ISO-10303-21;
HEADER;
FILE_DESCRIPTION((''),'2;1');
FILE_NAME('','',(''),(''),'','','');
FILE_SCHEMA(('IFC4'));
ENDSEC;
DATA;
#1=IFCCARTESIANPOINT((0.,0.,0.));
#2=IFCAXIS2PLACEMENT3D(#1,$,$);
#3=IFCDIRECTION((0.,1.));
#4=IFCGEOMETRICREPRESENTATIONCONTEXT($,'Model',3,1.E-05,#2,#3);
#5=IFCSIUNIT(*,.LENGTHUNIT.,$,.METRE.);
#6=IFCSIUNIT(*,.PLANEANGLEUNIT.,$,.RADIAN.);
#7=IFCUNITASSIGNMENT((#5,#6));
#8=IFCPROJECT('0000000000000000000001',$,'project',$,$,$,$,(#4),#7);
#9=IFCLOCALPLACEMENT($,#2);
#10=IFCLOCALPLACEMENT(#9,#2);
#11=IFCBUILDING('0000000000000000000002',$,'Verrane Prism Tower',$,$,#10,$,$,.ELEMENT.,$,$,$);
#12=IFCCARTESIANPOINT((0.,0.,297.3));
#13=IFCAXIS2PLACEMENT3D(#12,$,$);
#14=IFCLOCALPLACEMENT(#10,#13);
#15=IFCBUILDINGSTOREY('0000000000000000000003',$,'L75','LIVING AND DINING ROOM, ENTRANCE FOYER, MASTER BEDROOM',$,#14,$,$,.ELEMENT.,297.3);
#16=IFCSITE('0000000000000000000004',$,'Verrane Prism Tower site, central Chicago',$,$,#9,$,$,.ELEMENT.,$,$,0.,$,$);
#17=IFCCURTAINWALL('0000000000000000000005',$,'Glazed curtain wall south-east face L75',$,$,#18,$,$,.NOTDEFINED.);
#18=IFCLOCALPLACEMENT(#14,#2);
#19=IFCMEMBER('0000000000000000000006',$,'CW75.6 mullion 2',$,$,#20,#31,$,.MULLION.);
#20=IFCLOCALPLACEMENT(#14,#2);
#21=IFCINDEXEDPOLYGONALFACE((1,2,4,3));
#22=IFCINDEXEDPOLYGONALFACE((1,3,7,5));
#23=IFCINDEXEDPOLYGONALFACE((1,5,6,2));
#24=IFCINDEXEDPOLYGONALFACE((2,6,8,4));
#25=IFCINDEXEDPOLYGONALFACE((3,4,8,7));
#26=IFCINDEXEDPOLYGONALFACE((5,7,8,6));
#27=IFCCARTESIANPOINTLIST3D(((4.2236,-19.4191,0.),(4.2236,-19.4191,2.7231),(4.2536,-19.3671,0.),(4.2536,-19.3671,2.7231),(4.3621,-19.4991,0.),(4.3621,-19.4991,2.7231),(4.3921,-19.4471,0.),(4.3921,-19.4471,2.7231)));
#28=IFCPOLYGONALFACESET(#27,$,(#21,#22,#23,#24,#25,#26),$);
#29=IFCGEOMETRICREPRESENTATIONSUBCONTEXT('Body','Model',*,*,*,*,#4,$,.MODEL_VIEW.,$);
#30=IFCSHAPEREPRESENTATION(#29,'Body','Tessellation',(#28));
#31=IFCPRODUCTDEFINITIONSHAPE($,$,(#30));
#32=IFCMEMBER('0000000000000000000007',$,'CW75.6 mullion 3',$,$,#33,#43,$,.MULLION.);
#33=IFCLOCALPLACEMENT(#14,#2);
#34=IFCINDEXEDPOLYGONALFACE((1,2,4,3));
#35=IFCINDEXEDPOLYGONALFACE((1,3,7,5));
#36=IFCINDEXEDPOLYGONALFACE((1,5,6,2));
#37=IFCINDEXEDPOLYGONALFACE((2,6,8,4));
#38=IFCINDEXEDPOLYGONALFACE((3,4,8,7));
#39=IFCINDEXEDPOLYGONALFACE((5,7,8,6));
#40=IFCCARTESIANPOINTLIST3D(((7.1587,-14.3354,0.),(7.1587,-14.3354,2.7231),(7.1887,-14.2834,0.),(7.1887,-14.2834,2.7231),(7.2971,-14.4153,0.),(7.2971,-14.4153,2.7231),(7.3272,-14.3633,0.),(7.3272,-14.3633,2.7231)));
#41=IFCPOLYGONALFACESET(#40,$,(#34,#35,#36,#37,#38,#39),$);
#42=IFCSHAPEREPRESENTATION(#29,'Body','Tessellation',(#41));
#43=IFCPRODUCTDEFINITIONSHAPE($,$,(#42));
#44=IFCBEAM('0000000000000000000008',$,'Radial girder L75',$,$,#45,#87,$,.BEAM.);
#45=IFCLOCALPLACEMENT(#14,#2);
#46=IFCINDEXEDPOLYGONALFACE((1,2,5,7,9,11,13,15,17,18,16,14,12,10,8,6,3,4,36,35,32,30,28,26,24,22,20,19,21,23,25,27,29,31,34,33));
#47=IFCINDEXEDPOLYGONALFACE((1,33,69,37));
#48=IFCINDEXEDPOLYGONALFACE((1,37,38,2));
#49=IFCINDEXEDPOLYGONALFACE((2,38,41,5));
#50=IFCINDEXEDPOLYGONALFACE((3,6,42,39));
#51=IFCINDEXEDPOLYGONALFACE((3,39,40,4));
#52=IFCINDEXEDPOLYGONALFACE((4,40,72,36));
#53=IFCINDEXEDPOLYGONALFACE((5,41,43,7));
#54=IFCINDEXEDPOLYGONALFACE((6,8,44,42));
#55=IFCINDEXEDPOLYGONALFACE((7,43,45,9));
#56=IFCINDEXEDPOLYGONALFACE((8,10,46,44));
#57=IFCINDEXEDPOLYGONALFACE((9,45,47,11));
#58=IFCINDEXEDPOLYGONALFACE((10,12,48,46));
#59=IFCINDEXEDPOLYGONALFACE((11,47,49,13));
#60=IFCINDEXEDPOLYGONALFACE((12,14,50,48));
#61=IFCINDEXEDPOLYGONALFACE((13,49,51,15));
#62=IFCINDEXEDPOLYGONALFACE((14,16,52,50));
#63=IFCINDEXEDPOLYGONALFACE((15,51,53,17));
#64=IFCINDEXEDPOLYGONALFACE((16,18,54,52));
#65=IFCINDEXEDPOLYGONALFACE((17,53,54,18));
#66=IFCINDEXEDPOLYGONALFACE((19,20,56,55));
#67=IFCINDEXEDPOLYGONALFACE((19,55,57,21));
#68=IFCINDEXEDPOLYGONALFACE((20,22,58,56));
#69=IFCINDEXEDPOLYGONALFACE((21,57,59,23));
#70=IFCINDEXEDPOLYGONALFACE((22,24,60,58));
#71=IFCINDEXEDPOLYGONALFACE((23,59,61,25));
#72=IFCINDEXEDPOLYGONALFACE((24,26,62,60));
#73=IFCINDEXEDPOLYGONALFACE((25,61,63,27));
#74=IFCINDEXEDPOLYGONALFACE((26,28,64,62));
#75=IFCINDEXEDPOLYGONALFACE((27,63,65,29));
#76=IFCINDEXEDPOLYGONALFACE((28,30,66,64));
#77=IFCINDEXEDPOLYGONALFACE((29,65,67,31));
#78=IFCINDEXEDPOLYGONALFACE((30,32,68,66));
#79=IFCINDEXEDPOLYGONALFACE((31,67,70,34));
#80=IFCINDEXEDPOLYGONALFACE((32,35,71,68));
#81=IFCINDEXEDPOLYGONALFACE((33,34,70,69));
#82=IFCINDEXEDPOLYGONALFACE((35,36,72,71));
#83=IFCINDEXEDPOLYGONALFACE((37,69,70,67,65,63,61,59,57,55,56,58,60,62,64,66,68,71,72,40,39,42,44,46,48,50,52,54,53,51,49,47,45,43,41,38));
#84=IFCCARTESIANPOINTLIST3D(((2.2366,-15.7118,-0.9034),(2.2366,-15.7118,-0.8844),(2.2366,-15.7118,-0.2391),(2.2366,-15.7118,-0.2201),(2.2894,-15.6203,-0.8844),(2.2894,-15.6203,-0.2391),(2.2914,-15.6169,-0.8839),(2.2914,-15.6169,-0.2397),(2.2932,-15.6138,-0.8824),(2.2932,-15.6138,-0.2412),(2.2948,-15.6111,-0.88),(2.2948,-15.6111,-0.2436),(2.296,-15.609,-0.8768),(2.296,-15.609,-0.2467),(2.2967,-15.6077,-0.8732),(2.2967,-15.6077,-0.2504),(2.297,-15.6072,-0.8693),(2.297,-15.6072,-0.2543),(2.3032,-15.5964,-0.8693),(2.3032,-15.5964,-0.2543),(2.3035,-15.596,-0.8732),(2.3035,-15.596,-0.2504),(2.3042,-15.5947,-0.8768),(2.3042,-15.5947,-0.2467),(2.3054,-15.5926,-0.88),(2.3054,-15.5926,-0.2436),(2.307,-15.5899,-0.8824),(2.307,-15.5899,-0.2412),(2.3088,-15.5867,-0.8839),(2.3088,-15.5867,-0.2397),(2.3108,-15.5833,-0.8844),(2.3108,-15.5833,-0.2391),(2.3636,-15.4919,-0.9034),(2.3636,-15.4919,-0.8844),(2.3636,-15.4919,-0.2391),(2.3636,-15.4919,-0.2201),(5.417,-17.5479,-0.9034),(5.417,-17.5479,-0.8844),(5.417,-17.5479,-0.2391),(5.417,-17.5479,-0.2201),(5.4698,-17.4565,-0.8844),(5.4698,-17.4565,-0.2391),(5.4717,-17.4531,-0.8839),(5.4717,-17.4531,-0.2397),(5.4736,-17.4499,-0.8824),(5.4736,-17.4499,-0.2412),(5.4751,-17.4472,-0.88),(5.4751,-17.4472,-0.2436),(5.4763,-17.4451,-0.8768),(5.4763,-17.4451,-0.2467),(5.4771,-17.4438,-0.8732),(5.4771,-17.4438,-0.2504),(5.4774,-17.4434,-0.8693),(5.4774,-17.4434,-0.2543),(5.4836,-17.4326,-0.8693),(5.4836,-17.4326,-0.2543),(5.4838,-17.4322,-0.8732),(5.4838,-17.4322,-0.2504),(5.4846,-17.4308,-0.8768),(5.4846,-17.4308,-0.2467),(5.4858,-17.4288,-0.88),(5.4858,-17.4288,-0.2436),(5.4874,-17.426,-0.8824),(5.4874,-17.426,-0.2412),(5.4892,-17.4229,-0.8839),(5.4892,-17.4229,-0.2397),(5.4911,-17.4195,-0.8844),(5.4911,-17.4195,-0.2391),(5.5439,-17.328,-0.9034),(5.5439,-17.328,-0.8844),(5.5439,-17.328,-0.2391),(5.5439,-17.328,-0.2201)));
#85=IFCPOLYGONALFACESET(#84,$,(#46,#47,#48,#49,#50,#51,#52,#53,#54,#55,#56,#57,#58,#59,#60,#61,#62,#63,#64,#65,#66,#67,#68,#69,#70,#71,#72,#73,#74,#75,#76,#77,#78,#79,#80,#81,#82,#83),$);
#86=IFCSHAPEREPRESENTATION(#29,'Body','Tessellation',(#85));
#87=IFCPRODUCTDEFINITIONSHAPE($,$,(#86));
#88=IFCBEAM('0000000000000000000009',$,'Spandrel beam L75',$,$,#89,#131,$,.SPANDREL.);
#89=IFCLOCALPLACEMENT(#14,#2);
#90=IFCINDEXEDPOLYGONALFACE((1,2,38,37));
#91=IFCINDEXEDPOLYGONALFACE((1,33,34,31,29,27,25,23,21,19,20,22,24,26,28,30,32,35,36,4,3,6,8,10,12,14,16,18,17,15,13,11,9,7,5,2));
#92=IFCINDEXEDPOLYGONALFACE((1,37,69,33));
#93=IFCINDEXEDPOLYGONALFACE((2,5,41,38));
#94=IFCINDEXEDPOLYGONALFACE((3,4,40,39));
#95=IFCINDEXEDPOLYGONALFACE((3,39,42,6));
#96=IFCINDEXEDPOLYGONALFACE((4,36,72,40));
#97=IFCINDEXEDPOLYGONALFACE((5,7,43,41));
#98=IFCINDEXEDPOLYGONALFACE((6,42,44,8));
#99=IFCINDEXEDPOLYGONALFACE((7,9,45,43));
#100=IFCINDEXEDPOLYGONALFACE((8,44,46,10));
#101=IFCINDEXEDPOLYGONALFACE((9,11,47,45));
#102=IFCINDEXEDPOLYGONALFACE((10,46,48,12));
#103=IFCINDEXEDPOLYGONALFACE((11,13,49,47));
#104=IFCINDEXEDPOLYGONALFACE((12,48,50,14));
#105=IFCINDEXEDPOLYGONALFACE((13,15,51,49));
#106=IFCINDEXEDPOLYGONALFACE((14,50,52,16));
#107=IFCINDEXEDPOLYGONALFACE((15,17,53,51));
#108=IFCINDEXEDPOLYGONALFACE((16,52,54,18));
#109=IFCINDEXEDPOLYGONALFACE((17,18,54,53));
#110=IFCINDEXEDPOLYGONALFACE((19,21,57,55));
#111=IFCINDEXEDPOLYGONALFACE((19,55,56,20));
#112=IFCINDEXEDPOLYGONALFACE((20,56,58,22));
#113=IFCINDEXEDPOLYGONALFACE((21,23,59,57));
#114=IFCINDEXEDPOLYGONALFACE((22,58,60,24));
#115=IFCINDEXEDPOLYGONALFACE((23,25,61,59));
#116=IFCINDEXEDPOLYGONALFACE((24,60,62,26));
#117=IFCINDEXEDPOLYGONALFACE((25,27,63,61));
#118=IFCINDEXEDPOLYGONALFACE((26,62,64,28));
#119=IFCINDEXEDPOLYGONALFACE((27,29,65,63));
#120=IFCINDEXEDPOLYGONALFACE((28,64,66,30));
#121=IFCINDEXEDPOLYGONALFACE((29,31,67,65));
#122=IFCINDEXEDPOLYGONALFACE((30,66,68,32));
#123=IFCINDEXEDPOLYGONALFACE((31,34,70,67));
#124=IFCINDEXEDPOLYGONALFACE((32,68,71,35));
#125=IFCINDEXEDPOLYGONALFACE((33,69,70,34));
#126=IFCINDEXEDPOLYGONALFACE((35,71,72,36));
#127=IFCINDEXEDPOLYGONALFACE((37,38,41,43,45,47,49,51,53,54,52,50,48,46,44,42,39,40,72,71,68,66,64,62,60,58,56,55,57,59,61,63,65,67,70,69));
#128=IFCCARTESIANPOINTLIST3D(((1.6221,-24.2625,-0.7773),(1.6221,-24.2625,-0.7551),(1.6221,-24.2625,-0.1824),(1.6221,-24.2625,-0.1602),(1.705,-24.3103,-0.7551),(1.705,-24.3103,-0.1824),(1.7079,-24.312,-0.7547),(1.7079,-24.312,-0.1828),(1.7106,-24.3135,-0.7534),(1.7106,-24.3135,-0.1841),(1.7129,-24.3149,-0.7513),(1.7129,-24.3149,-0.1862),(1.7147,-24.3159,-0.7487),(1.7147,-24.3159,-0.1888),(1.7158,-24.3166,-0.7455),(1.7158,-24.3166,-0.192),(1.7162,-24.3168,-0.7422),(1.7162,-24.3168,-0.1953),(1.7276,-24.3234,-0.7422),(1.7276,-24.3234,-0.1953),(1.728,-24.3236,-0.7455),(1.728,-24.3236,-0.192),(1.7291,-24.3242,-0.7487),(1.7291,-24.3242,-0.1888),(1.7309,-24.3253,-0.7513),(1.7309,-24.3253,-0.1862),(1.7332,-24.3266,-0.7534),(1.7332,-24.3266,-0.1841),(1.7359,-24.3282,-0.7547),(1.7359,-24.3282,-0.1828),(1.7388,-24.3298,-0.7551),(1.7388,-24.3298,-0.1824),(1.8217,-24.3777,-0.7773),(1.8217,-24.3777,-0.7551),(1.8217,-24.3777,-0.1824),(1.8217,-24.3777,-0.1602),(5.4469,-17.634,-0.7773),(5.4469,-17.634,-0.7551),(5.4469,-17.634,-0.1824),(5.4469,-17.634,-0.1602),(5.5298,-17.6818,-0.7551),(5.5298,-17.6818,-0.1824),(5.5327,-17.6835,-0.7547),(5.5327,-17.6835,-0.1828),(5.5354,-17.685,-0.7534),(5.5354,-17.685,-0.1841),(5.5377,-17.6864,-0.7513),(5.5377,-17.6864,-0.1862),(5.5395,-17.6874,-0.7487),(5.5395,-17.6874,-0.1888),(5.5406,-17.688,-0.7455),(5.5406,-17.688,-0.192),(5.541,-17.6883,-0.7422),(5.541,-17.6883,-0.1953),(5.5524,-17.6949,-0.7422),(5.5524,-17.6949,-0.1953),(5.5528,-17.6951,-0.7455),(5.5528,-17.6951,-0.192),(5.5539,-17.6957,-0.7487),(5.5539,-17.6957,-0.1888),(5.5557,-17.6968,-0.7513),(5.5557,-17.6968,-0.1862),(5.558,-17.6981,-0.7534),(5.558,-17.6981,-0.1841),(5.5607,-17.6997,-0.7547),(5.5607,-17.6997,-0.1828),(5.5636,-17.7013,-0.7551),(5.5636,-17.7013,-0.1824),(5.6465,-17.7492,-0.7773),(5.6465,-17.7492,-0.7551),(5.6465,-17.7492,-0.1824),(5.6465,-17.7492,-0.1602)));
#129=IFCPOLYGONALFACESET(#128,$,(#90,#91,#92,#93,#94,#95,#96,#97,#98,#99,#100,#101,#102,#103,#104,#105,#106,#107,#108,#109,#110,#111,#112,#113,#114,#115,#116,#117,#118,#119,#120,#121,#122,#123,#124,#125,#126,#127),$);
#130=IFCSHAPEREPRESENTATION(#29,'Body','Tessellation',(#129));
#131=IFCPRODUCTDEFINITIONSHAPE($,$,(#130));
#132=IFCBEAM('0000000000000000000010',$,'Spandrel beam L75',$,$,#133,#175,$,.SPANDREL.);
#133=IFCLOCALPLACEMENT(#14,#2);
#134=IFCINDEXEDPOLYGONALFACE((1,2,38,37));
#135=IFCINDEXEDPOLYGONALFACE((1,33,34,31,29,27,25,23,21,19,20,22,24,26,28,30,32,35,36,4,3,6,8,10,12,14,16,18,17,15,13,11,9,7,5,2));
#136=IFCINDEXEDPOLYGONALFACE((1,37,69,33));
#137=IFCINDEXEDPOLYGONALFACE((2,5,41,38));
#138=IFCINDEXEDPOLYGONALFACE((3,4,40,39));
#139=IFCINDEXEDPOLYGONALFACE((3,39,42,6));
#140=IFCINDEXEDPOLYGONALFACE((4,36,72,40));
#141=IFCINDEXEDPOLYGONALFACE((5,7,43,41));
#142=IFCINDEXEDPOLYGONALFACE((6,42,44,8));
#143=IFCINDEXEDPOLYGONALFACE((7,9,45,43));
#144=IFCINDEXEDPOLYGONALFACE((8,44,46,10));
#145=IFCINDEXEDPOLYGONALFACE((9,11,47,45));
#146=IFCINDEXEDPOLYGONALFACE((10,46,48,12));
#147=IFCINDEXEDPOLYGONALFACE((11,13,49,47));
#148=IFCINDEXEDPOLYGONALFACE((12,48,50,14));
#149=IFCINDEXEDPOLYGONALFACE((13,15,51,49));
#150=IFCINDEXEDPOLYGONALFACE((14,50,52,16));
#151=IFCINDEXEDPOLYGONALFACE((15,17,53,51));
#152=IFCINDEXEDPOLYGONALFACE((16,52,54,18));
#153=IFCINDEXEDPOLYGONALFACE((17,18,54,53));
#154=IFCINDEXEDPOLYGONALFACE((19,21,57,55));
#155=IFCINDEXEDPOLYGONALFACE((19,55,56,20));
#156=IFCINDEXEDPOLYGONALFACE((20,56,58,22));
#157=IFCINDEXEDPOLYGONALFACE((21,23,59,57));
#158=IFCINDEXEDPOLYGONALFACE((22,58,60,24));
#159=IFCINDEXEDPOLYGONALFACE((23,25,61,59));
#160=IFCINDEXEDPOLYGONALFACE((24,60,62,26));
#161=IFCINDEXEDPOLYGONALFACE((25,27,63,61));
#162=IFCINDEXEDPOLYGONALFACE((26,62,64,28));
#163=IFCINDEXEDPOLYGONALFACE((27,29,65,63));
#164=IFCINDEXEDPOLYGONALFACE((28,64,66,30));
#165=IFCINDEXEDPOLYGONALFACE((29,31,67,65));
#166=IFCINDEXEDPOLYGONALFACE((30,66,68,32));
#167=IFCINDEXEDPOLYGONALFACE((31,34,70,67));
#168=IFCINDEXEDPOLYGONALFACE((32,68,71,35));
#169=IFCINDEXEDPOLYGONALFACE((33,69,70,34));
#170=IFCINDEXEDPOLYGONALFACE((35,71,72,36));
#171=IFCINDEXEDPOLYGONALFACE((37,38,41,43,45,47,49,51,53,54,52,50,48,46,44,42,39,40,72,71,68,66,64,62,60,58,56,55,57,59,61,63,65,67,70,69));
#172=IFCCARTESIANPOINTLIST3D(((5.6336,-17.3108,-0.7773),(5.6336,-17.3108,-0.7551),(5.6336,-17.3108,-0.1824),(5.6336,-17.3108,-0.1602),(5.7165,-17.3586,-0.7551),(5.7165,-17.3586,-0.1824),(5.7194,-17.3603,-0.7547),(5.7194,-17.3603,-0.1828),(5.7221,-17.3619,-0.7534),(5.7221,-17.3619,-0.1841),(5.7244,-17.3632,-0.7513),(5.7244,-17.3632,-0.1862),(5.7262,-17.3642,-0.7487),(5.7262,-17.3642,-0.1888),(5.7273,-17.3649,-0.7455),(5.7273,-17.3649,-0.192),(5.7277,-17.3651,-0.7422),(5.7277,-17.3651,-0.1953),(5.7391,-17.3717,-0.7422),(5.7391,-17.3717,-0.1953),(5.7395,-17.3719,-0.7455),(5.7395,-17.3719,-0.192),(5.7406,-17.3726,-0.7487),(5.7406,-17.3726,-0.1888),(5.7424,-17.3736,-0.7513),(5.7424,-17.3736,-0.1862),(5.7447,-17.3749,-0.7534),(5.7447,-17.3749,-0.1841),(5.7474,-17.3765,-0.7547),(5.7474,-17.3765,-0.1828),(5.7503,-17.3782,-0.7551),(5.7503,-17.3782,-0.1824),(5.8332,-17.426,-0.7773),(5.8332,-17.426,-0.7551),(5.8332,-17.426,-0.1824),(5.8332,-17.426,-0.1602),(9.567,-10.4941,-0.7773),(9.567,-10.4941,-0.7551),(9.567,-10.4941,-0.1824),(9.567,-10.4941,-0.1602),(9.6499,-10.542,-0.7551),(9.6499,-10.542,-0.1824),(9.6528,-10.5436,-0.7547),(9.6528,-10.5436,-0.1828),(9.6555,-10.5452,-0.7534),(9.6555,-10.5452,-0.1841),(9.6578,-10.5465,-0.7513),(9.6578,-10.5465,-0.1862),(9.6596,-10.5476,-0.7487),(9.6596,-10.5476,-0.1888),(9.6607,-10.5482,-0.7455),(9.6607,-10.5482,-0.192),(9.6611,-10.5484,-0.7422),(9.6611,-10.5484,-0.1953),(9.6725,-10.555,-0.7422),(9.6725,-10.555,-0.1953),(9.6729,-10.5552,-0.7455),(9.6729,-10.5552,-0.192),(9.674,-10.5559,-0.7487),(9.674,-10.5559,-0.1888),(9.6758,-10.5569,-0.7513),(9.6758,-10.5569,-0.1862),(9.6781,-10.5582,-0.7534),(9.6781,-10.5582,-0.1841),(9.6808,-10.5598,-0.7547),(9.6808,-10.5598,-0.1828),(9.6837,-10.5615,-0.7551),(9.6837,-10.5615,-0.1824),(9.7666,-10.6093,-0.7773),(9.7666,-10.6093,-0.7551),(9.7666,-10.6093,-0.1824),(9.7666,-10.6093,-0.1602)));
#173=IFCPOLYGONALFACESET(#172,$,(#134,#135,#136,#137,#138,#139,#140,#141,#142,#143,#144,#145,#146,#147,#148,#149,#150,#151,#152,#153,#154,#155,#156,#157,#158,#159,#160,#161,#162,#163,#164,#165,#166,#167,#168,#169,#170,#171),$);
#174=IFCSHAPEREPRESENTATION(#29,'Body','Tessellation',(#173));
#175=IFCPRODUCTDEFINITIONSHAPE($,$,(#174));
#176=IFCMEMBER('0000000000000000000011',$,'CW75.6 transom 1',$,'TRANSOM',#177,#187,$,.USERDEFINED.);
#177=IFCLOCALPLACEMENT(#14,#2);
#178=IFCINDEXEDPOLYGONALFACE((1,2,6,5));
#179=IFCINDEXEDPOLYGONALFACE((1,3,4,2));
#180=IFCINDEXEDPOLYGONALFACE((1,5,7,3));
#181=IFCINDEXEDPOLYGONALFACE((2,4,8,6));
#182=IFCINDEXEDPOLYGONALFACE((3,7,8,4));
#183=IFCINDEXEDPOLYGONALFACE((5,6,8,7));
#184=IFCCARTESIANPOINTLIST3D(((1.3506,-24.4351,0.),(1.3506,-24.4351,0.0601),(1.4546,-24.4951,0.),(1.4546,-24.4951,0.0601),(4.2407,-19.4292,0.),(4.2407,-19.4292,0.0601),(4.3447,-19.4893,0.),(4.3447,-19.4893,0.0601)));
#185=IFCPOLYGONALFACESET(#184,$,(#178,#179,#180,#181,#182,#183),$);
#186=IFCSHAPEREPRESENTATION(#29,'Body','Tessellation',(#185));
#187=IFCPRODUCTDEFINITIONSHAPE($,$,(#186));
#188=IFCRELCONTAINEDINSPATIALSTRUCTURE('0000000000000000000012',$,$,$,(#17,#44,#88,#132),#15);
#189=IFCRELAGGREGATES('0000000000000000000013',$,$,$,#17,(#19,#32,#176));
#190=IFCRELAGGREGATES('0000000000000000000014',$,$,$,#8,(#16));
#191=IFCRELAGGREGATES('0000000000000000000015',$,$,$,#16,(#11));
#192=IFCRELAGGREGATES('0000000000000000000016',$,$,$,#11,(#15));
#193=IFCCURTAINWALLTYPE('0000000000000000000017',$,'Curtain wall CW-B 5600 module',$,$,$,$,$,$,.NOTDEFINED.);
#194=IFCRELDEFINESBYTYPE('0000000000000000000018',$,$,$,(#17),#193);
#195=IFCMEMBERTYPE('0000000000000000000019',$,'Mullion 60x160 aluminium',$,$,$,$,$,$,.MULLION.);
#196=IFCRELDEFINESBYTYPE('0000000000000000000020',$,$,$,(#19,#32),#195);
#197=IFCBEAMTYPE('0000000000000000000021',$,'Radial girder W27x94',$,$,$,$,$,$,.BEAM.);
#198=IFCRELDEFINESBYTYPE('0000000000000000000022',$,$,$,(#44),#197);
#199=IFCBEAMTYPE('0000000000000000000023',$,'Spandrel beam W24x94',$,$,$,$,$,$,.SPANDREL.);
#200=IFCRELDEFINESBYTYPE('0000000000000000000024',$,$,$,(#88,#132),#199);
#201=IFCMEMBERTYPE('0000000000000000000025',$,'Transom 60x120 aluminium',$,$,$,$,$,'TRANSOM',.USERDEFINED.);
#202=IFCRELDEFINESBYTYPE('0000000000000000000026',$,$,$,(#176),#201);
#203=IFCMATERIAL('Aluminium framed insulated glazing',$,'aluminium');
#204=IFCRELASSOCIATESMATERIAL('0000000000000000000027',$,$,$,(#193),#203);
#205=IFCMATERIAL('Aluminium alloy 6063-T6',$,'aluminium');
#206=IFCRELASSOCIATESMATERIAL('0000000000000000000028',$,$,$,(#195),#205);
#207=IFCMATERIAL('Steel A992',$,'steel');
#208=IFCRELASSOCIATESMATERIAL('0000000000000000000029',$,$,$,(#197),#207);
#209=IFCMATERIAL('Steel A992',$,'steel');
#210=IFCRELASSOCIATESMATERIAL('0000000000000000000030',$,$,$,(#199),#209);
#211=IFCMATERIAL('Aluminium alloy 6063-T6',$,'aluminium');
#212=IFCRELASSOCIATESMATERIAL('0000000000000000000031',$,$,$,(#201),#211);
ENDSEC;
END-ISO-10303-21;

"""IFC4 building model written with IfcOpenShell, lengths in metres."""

from ifc_helpers import new_model, si_unit, direction, frame, origin, origin_2d, place, context, subcontext, project, spatial, rectangle, i_section, extrude, material, material_profile, profile_set, type_object, element, aggregate, save


model = new_model("IFC4")

# Units and contexts
model_context = context("Model", 3, precision=1e-05, world=origin(), true_north=direction((0.0, 1.0)))
body_context = subcontext(model_context, "Body", "Model", "MODEL_VIEW")
ifc_project = project(units=[si_unit("LENGTHUNIT", "METRE"), si_unit("PLANEANGLEUNIT", "RADIAN")], contexts=[model_context])

# Site, building, storey
site_placement = place(None, origin())
site = spatial("IfcSite", under=ifc_project, at=site_placement, Name="Verrane Prism Tower site, central Chicago", CompositionType="ELEMENT", RefElevation=0.0)
building_placement = place(site_placement, origin())
building = spatial("IfcBuilding", under=site, at=building_placement, Name="Verrane Prism Tower", CompositionType="ELEMENT")
storey_placement = place(building_placement, frame((0.0, 0.0, 297.3)))
storey = spatial("IfcBuildingStorey", under=building, at=storey_placement, Name="L75", Description="LIVING AND DINING ROOM, ENTRANCE FOYER, MASTER BEDROOM", CompositionType="ELEMENT", Elevation=297.3)

# Curtain wall, members
ifc_material_1 = material(Name="Aluminium framed insulated glazing", Category="aluminium")
curtain_wall_type_1 = type_object("IfcCurtainWallType", Name="Curtain wall CW-B 5600 module", PredefinedType="NOTDEFINED", material=ifc_material_1)
curtain_wall_1_placement = place(storey_placement, origin())
curtain_wall_1 = element("IfcCurtainWall", 1, at=curtain_wall_1_placement, inside=storey, type_object=curtain_wall_type_1, Name="Glazed curtain wall south-east face L75", PredefinedType="NOTDEFINED")
ifc_material_2 = material(Name="Aluminium alloy 6063-T6", Category="aluminium")
ifc_material_profile_1 = material_profile(ifc_material_2, rectangle(XDim=0.1599, YDim=0.0601, at=origin_2d()), Name="Mullion 60x160 aluminium")
ifc_profile_set_1 = profile_set([ifc_material_profile_1], Name="Aluminium alloy 6063-T6")
member_type_1 = type_object("IfcMemberType", Name="Mullion 60x160 aluminium", PredefinedType="MULLION", material=ifc_profile_set_1)
member_1_placement = place(storey_placement, frame((4.3079, -19.4331, 0.0), z_axis=(0.0, 0.0, 1.0), x_axis=(-0.866025, 0.500001, 0.0)))
member_1 = element("IfcMember", 2, at=member_1_placement, type_object=member_type_1, Name="CW75.6 mullion 2", PredefinedType="MULLION", context=body_context, shape_type="SweptSolid", body=[
    extrude(rectangle(XDim=0.1599, YDim=0.0601, at=origin_2d()), origin(), (0.0, 0.0, 1.0), 2.7231),
])
member_2_placement = place(storey_placement, frame((7.2429, -14.3494, 0.0), z_axis=(0.0, 0.0, 1.0), x_axis=(-0.866025, 0.500001, 0.0)))
member_2 = element("IfcMember", 3, at=member_2_placement, type_object=member_type_1, Name="CW75.6 mullion 3", PredefinedType="MULLION", context=body_context, shape_type="SweptSolid", body=[
    extrude(rectangle(XDim=0.1599, YDim=0.0601, at=origin_2d()), origin(), (0.0, 0.0, 1.0), 2.7231),
])

# Beams
ifc_material_3 = material(Name="Steel A992", Category="steel")
ifc_material_profile_2 = material_profile(ifc_material_3, i_section(OverallWidth=0.2539, OverallDepth=0.6833, WebThickness=0.0125, FlangeThickness=0.019, FilletRadius=0.0151, at=origin_2d()), Name="W27x94")
ifc_profile_set_2 = profile_set([ifc_material_profile_2], Name="Steel A992")
beam_type_1 = type_object("IfcBeamType", Name="Radial girder W27x94", PredefinedType="BEAM", material=ifc_profile_set_2)
beam_1_placement = place(storey_placement, frame((5.4805, -17.438, -0.5618), z_axis=(-0.866029, 0.499993, 0.0), x_axis=(-0.499993, -0.866029, 0.0)))
element("IfcBeam", 4, at=beam_1_placement, inside=storey, type_object=beam_type_1, Name="Radial girder L75", PredefinedType="BEAM", context=body_context, shape_type="SweptSolid", body=[
    extrude(i_section(OverallWidth=0.2539, OverallDepth=0.6833, WebThickness=0.0125, FlangeThickness=0.019, FilletRadius=0.0151, at=origin_2d()), origin(), (0.0, 0.0, 1.0), 3.6724),
])
ifc_material_4 = material(Name="Steel A992", Category="steel")
ifc_material_profile_3 = material_profile(ifc_material_4, i_section(OverallWidth=0.2305, OverallDepth=0.6172, WebThickness=0.0132, FlangeThickness=0.0222, FilletRadius=0.0129, at=origin_2d()), Name="W24x94")
ifc_profile_set_3 = profile_set([ifc_material_profile_3], Name="Steel A992")
beam_type_2 = type_object("IfcBeamType", Name="Spandrel beam W24x94", PredefinedType="SPANDREL", material=ifc_profile_set_3)
beam_2_placement = place(storey_placement, frame((1.7219, -24.3201, -0.4688), z_axis=(0.499783, 0.866151, 0.0), x_axis=(-0.866151, 0.499783, 0.0)))
element("IfcBeam", 5, at=beam_2_placement, inside=storey, type_object=beam_type_2, Name="Spandrel beam L75", PredefinedType="SPANDREL", context=body_context, shape_type="SweptSolid", body=[
    extrude(i_section(OverallWidth=0.2305, OverallDepth=0.6172, WebThickness=0.0132, FlangeThickness=0.0222, FilletRadius=0.0129, at=origin_2d()), origin(), (0.0, 0.0, 1.0), 7.6528),
])
beam_3_placement = place(storey_placement, frame((5.7334, -17.3684, -0.4688), z_axis=(0.499786, 0.866149, 0.0), x_axis=(-0.866149, 0.499786, 0.0)))
element("IfcBeam", 6, at=beam_3_placement, inside=storey, type_object=beam_type_2, Name="Spandrel beam L75", PredefinedType="SPANDREL", context=body_context, shape_type="SweptSolid", body=[
    extrude(i_section(OverallWidth=0.2305, OverallDepth=0.6172, WebThickness=0.0132, FlangeThickness=0.0222, FilletRadius=0.0129, at=origin_2d()), origin(), (0.0, 0.0, 1.0), 7.8701),
])

# Member
ifc_material_5 = material(Name="Aluminium alloy 6063-T6", Category="aluminium")
ifc_material_profile_4 = material_profile(ifc_material_5, rectangle(XDim=0.1201, YDim=0.0601, at=origin_2d()), Name="Transom 60x120 aluminium")
ifc_profile_set_4 = profile_set([ifc_material_profile_4], Name="Aluminium alloy 6063-T6")
member_type_2 = type_object("IfcMemberType", Name="Transom 60x120 aluminium", ElementType="TRANSOM", PredefinedType="USERDEFINED", material=ifc_profile_set_4)
member_3_placement = place(storey_placement, frame((1.4026, -24.4651, 0.03), z_axis=(0.5, 0.866025, 0.0), x_axis=(-0.866025, 0.5, 0.0)))
member_3 = element("IfcMember", 7, at=member_3_placement, type_object=member_type_2, Name="CW75.6 transom 1", ObjectType="TRANSOM", PredefinedType="USERDEFINED", context=body_context, shape_type="SweptSolid", body=[
    extrude(rectangle(XDim=0.1201, YDim=0.0601, at=origin_2d()), origin(), (0.0, 0.0, 1.0), 5.7803),
])

aggregate(curtain_wall_1, [member_1, member_2, member_3])

save(model, "model.ifc")
